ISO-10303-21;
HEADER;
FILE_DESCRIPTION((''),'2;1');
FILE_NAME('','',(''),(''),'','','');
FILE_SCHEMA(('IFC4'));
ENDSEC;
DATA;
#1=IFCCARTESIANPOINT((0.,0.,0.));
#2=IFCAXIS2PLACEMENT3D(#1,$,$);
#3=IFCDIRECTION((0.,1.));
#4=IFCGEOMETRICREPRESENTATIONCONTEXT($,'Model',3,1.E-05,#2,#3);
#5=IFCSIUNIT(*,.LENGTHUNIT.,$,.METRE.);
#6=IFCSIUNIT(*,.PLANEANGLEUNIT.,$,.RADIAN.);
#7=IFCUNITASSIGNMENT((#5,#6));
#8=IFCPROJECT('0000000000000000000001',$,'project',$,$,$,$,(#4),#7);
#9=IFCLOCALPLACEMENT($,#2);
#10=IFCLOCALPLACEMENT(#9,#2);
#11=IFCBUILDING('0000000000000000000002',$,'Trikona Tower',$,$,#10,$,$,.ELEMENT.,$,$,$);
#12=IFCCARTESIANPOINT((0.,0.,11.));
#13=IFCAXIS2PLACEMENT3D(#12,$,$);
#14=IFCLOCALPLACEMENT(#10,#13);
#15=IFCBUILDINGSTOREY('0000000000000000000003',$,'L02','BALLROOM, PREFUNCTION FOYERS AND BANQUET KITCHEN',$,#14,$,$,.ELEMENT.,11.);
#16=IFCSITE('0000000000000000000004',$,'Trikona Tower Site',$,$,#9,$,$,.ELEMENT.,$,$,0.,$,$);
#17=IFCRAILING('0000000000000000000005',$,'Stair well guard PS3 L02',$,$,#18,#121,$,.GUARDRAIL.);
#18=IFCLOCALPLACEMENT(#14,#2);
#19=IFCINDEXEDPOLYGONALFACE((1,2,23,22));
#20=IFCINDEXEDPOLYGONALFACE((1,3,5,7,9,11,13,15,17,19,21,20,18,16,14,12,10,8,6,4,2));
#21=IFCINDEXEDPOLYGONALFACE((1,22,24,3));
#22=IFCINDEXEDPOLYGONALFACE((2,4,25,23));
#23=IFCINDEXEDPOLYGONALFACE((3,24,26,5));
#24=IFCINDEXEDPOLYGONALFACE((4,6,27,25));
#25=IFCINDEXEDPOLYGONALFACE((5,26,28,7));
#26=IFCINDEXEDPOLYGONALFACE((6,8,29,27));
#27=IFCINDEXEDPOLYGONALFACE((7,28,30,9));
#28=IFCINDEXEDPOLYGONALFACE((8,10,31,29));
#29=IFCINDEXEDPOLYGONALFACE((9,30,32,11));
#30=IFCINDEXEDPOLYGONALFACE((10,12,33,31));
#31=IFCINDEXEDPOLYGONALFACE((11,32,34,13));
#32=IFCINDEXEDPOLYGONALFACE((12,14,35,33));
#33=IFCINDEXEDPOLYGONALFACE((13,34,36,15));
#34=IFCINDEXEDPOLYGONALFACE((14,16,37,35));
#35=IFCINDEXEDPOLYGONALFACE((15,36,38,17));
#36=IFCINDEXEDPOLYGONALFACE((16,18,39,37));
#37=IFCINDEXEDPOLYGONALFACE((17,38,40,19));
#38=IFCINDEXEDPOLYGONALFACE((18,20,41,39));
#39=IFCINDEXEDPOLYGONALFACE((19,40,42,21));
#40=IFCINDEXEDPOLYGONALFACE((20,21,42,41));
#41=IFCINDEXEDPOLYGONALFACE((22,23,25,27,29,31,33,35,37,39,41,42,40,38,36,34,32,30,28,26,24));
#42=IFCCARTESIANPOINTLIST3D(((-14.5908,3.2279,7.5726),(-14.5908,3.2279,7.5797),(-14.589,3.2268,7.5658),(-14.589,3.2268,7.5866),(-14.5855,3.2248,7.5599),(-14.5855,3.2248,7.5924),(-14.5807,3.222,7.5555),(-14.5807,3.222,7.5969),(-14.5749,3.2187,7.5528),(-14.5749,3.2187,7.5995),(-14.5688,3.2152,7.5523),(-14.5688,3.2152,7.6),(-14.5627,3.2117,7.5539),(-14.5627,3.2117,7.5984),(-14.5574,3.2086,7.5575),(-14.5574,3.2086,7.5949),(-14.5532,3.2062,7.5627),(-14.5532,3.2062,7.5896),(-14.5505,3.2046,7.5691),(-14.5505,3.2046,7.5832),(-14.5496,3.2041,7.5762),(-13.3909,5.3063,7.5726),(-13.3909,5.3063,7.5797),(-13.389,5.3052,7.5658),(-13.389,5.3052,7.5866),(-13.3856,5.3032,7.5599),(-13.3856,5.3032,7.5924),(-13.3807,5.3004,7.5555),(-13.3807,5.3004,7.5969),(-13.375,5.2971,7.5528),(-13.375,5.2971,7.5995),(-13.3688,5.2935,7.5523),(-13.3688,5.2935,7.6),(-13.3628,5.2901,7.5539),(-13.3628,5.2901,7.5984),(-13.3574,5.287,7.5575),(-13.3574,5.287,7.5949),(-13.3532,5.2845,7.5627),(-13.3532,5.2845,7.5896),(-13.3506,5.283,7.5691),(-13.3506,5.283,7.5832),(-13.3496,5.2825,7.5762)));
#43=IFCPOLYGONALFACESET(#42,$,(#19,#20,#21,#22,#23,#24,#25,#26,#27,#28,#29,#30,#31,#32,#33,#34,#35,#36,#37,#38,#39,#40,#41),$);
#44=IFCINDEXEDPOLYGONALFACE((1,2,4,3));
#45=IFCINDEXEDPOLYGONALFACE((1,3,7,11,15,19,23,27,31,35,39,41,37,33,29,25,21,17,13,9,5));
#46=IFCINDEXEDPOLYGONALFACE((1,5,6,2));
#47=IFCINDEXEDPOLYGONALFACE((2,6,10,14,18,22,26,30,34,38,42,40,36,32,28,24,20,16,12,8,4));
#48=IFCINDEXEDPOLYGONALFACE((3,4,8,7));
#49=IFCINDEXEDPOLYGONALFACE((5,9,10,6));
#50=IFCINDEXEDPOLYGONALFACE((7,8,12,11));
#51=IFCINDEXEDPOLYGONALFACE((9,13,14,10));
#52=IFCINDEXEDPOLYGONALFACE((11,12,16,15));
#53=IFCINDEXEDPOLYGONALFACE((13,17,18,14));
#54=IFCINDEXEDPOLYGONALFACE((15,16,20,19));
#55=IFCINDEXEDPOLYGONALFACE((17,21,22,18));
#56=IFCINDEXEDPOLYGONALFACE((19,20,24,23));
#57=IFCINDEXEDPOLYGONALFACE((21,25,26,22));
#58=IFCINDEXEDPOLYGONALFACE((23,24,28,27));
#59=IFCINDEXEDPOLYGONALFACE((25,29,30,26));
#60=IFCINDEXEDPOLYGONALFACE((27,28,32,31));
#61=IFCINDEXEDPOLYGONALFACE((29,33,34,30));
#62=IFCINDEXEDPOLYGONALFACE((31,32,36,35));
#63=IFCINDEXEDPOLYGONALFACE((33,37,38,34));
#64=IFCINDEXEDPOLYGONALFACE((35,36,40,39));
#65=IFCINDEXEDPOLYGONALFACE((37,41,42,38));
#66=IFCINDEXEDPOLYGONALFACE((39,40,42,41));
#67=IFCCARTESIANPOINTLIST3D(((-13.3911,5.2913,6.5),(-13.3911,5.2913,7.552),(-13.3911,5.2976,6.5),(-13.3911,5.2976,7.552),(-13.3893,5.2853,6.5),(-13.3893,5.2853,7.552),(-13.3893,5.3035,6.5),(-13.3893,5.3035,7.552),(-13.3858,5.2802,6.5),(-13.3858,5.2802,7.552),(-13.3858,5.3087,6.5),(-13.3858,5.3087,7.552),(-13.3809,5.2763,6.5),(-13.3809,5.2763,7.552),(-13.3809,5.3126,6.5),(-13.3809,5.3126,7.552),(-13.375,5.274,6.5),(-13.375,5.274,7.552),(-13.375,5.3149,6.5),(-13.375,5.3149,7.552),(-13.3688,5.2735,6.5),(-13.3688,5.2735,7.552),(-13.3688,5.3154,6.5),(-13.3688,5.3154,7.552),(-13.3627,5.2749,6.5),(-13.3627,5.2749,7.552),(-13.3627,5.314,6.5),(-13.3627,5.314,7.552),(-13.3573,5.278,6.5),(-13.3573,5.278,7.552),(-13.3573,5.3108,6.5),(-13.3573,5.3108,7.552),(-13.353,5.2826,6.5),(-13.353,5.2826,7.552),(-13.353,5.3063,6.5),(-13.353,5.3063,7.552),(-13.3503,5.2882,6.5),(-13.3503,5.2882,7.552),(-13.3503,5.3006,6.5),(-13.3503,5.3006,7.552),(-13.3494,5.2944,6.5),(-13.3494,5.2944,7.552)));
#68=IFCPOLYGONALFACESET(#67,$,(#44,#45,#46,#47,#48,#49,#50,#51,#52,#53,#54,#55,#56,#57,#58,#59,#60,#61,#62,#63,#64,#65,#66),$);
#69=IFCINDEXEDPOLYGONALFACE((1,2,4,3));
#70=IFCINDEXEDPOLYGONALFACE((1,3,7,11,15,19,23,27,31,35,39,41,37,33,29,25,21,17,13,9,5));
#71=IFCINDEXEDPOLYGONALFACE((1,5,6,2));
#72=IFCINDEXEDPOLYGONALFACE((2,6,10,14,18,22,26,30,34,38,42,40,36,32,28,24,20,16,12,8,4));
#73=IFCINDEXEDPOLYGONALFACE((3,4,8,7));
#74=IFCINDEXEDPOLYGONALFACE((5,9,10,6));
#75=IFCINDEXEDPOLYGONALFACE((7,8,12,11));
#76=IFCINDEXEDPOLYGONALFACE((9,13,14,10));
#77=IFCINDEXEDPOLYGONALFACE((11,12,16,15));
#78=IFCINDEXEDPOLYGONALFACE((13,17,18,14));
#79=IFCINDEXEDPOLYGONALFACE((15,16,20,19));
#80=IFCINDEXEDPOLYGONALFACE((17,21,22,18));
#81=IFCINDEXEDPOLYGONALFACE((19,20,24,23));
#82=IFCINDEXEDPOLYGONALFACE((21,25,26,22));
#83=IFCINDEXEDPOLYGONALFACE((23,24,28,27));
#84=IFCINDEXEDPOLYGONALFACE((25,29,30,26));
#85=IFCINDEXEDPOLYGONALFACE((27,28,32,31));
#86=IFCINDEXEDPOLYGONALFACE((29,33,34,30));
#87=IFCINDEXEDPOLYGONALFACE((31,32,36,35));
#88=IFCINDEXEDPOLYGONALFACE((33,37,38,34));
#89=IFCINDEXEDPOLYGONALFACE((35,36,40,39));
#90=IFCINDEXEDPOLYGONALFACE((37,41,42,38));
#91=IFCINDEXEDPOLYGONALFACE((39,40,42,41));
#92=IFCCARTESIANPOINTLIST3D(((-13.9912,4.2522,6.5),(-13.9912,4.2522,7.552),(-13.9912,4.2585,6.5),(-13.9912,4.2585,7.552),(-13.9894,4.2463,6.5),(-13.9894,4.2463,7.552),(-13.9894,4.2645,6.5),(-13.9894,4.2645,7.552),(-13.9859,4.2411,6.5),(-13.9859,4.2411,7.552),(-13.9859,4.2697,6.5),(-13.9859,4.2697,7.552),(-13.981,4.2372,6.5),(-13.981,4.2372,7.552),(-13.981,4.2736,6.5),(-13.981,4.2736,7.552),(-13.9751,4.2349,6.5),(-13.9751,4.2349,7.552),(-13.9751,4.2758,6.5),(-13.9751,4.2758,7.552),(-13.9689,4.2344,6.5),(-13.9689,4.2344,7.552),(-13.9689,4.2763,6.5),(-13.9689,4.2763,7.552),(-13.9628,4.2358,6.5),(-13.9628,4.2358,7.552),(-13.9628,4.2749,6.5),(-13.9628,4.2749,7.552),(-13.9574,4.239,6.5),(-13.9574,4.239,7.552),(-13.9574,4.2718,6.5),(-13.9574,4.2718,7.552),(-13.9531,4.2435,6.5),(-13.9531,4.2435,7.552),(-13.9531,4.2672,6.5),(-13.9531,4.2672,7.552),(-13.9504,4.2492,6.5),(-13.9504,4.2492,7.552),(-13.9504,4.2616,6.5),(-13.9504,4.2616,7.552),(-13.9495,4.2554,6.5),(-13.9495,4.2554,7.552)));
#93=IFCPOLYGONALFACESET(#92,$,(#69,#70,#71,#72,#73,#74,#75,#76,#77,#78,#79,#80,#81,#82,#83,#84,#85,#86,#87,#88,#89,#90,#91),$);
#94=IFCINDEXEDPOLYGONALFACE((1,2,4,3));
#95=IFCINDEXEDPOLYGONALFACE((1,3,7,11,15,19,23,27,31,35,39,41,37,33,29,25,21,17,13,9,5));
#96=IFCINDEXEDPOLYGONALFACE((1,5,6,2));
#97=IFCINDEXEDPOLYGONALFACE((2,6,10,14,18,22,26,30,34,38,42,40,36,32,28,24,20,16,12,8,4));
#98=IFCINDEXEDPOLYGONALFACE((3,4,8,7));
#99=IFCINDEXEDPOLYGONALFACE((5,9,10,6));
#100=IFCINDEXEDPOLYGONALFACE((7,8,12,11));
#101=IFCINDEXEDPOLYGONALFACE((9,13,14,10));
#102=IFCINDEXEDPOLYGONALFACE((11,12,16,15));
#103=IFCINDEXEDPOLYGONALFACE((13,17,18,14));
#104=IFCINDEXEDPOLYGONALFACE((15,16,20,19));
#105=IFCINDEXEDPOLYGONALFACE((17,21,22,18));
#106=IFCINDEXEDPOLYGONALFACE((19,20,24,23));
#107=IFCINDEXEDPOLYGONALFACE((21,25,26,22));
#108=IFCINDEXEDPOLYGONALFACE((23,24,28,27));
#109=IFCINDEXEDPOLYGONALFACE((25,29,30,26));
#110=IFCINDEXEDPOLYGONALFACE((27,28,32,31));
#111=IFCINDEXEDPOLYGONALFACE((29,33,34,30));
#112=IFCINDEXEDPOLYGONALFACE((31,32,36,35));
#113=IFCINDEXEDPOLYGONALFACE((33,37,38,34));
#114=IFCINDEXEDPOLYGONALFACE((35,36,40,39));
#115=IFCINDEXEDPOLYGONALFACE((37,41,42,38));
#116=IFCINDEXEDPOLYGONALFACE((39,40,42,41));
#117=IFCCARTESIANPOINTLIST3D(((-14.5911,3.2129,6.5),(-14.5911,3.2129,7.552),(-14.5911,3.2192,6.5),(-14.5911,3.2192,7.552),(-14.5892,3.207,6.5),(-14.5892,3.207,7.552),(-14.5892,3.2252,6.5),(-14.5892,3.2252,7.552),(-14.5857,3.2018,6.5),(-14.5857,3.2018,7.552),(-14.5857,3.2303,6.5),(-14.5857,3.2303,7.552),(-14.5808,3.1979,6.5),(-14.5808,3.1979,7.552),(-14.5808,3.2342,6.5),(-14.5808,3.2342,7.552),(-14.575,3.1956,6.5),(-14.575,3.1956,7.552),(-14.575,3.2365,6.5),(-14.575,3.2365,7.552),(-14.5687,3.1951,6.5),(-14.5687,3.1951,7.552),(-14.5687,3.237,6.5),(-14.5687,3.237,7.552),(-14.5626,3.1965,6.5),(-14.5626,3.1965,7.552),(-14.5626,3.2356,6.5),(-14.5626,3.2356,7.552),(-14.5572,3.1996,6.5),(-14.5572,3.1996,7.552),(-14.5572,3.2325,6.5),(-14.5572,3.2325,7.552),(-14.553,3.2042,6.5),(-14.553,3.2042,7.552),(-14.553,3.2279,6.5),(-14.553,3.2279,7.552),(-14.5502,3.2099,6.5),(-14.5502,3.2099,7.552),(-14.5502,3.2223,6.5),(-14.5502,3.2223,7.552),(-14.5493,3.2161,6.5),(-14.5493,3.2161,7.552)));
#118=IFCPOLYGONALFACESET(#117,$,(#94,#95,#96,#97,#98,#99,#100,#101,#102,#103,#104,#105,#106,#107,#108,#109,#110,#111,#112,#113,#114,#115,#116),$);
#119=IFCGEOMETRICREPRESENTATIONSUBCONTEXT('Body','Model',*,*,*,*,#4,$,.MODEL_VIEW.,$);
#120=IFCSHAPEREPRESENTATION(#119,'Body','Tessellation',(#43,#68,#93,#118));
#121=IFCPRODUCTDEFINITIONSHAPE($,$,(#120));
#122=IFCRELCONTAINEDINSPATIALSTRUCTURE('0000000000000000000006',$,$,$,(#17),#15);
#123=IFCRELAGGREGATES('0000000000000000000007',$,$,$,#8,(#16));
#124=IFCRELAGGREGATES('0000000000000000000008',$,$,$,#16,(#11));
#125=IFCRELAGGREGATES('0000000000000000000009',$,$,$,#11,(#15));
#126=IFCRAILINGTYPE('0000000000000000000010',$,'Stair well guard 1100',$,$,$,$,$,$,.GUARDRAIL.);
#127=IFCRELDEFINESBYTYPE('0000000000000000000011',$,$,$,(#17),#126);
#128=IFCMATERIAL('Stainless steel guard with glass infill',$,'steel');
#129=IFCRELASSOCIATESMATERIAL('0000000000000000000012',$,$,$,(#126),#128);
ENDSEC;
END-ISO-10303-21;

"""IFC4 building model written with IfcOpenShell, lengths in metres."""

from ifc_helpers import new_model, si_unit, direction, frame, origin, origin_2d, place, context, subcontext, project, spatial, circle, extrude, material, type_object, element, save


model = new_model("IFC4")

# Units and contexts
model_context = context("Model", 3, precision=1e-05, world=origin(), true_north=direction((0.0, 1.0)))
body_context = subcontext(model_context, "Body", "Model", "MODEL_VIEW")
ifc_project = project(units=[si_unit("LENGTHUNIT", "METRE"), si_unit("PLANEANGLEUNIT", "RADIAN")], contexts=[model_context])

# Site, building, storey
site_placement = place(None, origin())
site = spatial("IfcSite", under=ifc_project, at=site_placement, Name="Trikona Tower Site", CompositionType="ELEMENT", RefElevation=0.0)
building_placement = place(site_placement, origin())
building = spatial("IfcBuilding", under=site, at=building_placement, Name="Trikona Tower", CompositionType="ELEMENT")
storey_placement = place(building_placement, frame((0.0, 0.0, 11.0)))
storey = spatial("IfcBuildingStorey", under=building, at=storey_placement, Name="L02", Description="BALLROOM, PREFUNCTION FOYERS AND BANQUET KITCHEN", CompositionType="ELEMENT", Elevation=11.0)

# Railing
ifc_material_1 = material(Name="Stainless steel guard with glass infill", Category="steel")
railing_type_1 = type_object("IfcRailingType", Name="Stair well guard 1100", PredefinedType="GUARDRAIL", material=ifc_material_1)
railing_1_placement = place(storey_placement, frame((-13.3704, 5.2944, 6.5)))
element("IfcRailing", 1, at=railing_1_placement, inside=storey, type_object=railing_type_1, Name="Stair well guard PS3 L02", PredefinedType="GUARDRAIL", context=body_context, shape_type="SweptSolid", body=[
    extrude(circle(Radius=0.0239, at=origin_2d()), frame((0.0, 0.0, 1.0762), z_axis=(-0.500001, -0.866025, 0.0), x_axis=(0.866025, -0.500001, 0.0)), (0.0, 0.0, 1.0), 2.3999),
    extrude(circle(Radius=0.021, at=origin_2d()), origin(), (0.0, 0.0, 1.0), 1.052),
    extrude(circle(Radius=0.021, at=origin_2d()), frame((-0.6001, -1.0391, 0.0)), (0.0, 0.0, 1.0), 1.052),
    extrude(circle(Radius=0.021, at=origin_2d()), frame((-1.2, -2.0784, 0.0)), (0.0, 0.0, 1.0), 1.052),
])

save(model, "model.ifc")
